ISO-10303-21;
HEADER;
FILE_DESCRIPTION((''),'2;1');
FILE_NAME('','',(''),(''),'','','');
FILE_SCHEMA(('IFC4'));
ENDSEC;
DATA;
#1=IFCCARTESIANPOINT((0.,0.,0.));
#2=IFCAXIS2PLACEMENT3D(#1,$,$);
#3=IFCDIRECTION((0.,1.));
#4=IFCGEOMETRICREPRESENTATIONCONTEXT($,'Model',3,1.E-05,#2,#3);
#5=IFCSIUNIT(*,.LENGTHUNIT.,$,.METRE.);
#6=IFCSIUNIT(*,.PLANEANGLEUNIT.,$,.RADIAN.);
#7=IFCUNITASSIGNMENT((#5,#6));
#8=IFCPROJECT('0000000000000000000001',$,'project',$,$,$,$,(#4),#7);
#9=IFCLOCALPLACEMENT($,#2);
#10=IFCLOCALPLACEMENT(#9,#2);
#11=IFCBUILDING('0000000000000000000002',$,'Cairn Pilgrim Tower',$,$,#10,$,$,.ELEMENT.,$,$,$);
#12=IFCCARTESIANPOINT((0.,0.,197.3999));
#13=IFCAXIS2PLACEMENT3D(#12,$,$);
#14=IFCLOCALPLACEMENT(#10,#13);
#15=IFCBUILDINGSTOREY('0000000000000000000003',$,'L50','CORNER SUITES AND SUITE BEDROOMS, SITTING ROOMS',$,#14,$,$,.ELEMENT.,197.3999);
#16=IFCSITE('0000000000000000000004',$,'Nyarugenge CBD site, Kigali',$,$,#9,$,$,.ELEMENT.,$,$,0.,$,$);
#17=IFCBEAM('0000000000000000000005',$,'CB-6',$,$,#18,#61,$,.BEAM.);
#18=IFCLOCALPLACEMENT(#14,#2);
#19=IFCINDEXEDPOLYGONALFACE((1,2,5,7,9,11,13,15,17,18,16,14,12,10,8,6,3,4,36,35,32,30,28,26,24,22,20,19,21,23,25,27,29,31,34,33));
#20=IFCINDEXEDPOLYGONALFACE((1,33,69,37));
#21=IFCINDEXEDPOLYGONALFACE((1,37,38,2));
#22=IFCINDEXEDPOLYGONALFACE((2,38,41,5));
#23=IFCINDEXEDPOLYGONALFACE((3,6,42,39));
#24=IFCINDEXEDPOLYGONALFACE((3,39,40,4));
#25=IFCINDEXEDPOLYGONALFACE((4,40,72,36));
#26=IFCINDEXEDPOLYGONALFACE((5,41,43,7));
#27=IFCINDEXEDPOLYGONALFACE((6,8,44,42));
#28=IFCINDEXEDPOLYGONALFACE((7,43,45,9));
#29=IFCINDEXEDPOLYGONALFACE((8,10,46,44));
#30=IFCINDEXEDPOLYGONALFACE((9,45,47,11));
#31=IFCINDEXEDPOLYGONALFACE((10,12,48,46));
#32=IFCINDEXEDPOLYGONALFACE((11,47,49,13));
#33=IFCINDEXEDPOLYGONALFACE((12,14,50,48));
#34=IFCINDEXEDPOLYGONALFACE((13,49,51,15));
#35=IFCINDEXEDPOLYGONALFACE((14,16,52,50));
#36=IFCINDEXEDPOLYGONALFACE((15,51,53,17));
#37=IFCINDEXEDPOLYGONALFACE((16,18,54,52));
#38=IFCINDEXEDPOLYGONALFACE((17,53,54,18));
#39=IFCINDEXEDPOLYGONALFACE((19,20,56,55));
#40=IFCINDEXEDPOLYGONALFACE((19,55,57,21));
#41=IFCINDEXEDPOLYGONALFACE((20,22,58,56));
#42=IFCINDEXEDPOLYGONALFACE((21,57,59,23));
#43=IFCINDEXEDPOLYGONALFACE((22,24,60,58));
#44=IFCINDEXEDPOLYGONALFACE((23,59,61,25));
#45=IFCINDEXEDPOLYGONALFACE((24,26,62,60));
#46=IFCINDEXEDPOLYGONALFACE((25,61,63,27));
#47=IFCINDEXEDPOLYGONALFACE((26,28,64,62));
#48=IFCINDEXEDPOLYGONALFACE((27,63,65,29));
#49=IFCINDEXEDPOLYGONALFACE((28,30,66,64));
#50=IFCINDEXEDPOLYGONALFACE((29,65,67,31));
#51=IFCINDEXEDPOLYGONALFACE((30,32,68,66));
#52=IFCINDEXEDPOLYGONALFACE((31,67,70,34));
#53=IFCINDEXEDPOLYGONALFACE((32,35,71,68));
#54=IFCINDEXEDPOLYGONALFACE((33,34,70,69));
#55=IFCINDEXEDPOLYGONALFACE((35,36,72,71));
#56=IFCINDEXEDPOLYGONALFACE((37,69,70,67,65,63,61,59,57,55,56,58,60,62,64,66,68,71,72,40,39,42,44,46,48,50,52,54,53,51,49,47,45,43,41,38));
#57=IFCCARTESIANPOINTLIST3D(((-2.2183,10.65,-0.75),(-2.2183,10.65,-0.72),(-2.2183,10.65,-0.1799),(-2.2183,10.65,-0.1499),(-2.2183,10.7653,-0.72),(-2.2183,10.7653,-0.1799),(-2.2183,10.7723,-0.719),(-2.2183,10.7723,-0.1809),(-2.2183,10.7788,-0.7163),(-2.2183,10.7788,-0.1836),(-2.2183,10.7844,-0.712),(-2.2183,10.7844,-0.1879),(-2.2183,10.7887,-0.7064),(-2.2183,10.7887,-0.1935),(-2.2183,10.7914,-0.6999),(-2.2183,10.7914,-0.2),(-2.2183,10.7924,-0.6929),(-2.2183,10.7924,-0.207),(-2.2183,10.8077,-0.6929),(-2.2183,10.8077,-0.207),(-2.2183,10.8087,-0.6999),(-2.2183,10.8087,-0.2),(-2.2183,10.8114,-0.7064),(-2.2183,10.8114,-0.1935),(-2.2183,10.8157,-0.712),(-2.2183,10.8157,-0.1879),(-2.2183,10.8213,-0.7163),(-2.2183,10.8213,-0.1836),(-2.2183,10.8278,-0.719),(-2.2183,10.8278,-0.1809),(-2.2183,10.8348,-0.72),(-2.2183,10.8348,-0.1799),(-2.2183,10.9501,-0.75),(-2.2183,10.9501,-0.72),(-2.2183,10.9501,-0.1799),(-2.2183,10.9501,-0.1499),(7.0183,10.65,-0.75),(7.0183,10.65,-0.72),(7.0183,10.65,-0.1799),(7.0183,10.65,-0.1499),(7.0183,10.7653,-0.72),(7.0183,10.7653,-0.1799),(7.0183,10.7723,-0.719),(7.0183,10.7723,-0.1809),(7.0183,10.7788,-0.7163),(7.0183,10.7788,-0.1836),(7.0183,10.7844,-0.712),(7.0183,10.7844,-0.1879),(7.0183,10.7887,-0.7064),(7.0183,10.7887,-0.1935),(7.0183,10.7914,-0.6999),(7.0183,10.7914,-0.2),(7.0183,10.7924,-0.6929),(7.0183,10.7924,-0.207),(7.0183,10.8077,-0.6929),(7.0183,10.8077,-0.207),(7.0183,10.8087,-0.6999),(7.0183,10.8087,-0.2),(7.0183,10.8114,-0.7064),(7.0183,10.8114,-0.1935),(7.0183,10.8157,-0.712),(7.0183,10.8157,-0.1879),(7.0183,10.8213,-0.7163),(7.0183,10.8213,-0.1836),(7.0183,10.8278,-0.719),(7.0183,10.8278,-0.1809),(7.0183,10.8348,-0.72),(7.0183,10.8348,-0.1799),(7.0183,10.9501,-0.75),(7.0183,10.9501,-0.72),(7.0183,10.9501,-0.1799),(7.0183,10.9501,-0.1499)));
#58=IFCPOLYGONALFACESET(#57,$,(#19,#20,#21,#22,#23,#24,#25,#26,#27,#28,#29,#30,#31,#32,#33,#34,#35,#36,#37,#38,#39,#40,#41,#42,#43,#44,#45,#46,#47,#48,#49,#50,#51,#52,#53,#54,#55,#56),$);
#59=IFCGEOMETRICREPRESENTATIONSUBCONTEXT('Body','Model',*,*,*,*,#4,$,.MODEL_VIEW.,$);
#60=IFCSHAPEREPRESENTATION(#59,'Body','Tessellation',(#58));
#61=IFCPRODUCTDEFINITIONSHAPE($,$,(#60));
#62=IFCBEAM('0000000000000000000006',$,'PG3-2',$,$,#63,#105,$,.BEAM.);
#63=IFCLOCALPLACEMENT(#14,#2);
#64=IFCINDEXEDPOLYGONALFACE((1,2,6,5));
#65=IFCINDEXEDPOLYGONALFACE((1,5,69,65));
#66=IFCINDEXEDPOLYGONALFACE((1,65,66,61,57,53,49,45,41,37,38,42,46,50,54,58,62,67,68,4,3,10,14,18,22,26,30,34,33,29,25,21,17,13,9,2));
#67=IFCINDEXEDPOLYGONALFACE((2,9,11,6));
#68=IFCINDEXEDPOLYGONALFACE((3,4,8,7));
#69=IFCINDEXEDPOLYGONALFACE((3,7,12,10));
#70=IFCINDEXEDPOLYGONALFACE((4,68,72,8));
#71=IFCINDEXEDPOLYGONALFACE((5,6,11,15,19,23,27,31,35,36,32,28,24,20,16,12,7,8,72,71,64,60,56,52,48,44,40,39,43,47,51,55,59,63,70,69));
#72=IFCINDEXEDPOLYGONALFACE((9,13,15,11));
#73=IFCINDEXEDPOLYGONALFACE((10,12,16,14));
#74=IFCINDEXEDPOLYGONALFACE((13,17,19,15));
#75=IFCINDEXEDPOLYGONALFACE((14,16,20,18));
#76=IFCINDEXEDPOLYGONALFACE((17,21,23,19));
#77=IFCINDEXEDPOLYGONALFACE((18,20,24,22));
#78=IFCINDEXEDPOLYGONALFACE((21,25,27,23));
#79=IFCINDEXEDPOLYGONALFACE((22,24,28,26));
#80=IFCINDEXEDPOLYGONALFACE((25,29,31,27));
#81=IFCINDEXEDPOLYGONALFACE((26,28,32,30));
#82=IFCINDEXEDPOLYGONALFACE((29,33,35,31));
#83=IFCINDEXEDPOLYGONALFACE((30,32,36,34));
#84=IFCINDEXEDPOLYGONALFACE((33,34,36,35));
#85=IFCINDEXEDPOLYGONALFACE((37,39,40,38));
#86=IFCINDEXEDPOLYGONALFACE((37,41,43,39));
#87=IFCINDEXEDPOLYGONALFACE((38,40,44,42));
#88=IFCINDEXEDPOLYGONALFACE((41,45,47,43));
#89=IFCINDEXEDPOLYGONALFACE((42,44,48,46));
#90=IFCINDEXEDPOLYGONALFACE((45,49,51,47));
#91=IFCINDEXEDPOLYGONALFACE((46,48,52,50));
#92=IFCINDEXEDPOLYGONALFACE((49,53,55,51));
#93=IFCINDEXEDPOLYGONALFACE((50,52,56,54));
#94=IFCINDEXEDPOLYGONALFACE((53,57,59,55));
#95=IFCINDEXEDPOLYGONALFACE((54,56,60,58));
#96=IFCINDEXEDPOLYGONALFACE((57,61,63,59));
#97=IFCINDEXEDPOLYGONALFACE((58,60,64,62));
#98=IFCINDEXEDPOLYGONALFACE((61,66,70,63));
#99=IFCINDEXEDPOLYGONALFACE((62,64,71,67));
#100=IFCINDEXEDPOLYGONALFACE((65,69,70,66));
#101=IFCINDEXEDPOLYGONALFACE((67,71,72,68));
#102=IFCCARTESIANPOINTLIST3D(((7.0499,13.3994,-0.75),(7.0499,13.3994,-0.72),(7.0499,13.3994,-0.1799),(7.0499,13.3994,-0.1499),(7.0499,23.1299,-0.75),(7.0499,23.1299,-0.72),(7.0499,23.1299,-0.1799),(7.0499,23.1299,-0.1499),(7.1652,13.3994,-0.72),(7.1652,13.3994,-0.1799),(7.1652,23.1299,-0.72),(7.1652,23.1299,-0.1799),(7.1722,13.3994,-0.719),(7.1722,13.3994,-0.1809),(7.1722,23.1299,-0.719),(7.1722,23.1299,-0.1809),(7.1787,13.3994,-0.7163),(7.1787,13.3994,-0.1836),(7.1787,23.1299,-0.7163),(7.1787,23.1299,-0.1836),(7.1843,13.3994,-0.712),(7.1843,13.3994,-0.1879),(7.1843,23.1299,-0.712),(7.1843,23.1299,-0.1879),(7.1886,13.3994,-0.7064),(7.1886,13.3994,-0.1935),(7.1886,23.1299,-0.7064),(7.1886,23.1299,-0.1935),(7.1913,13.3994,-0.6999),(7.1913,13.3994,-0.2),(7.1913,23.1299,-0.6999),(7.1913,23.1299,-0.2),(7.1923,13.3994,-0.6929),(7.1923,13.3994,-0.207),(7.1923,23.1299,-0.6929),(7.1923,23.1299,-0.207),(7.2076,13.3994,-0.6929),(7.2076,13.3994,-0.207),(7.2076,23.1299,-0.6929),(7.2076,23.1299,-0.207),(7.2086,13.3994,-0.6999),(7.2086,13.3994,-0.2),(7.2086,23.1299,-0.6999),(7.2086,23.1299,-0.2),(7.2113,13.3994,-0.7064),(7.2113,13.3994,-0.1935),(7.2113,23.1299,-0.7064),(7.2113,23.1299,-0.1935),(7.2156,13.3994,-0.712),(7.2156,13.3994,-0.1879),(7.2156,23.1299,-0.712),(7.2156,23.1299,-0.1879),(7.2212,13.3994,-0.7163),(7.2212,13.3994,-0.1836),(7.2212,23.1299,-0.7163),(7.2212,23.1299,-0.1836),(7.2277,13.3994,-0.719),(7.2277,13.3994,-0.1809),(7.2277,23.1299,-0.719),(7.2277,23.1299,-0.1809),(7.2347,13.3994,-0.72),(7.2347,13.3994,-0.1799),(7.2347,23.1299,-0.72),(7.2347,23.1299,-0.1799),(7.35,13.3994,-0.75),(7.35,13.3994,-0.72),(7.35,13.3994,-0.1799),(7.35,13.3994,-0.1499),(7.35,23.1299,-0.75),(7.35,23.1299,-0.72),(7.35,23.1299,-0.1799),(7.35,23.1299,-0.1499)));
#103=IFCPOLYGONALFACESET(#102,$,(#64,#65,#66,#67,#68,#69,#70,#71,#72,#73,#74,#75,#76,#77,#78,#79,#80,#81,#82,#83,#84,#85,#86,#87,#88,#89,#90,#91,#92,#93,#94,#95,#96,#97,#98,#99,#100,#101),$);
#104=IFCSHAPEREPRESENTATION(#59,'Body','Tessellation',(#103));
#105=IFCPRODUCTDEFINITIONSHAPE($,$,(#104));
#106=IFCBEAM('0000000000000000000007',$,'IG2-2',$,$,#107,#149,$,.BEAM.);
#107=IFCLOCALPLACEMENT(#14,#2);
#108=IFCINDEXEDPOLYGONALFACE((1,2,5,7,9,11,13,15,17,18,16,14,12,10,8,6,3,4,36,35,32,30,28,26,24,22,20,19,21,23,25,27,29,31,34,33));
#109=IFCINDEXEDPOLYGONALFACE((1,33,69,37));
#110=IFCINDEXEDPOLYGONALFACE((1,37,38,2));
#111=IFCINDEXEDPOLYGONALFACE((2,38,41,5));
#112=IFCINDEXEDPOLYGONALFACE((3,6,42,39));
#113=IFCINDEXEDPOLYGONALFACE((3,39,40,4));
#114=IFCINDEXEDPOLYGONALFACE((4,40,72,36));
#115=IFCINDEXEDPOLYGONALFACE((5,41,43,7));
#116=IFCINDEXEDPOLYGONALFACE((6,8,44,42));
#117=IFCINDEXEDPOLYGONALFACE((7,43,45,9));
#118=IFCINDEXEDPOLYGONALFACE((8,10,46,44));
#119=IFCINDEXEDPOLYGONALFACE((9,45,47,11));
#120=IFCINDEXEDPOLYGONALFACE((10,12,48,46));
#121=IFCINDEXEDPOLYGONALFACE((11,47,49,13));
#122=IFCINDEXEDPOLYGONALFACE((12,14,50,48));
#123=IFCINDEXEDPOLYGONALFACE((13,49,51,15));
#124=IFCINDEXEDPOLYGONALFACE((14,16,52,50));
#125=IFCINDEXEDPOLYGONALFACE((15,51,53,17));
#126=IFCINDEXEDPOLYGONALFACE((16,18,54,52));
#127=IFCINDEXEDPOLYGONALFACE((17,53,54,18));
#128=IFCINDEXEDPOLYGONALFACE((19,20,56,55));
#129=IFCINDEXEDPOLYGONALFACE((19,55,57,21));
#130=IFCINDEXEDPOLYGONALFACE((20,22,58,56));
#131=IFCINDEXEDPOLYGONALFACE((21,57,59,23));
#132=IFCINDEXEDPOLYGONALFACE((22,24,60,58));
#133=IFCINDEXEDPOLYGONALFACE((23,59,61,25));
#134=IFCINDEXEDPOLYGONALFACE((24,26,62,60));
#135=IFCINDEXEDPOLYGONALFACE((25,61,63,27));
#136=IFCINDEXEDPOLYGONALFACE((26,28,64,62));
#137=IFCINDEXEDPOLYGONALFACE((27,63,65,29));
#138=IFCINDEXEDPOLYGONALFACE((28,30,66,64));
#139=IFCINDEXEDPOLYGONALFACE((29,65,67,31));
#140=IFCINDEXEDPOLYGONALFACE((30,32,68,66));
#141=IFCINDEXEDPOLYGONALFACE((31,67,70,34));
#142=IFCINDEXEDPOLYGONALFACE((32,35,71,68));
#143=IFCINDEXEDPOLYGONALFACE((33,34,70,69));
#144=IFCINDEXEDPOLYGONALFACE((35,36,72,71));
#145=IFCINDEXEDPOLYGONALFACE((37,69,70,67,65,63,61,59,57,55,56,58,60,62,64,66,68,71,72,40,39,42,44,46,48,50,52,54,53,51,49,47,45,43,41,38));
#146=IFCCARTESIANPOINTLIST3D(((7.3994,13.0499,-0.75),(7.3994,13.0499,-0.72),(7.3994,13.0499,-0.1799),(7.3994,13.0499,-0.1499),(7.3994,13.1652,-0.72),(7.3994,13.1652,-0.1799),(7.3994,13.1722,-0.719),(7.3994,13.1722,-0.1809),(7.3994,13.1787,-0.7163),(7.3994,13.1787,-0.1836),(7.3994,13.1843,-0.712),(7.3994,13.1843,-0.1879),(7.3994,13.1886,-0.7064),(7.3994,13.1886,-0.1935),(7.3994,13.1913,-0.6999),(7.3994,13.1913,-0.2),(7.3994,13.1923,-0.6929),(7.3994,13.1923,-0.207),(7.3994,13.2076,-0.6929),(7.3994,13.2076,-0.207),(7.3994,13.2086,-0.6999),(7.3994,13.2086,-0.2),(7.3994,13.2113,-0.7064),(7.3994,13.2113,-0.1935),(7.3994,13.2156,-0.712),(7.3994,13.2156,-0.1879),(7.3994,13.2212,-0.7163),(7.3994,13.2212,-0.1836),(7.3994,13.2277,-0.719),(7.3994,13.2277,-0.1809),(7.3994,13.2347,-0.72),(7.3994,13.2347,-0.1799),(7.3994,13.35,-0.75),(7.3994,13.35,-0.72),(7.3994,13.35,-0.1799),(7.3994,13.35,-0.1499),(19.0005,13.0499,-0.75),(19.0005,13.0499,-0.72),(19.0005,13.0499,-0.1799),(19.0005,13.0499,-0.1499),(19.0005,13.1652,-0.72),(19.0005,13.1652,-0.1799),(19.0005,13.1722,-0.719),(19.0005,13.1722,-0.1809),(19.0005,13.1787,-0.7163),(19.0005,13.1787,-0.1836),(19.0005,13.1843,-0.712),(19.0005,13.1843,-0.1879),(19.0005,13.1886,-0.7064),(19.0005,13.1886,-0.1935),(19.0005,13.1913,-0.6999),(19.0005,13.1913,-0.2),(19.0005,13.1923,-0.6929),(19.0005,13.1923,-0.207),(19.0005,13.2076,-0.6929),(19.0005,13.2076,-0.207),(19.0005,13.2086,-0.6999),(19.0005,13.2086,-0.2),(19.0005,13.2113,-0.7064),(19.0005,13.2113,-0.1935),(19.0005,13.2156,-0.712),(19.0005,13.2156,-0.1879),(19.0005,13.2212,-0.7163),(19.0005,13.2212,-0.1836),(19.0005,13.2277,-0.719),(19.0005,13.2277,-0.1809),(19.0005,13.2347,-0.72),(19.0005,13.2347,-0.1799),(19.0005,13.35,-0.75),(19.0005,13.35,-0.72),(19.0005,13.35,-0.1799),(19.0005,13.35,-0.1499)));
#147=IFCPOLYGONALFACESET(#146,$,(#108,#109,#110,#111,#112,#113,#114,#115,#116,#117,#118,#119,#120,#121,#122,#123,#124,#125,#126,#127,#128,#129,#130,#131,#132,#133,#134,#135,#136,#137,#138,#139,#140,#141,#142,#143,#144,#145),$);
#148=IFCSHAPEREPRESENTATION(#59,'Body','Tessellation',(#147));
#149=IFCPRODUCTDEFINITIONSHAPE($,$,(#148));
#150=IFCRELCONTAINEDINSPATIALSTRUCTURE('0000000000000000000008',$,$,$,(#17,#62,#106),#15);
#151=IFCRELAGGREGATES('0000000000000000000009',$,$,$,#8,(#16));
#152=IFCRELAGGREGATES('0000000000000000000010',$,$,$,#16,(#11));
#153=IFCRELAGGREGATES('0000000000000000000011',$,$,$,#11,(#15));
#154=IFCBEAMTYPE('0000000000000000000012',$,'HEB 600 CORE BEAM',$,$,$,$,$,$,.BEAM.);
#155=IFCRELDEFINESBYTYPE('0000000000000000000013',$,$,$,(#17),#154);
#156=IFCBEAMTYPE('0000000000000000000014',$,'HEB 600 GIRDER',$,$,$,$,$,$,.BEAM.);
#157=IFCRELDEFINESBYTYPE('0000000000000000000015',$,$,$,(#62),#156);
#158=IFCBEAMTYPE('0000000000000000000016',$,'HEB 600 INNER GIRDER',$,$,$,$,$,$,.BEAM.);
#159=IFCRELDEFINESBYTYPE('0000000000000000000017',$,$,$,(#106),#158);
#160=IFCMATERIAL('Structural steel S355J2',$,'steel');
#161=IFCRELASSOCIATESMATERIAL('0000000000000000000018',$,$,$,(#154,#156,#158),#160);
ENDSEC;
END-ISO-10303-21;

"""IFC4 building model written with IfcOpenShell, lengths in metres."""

from ifc_helpers import new_model, si_unit, direction, frame, origin, origin_2d, place, context, subcontext, project, spatial, i_section, extrude, material, material_profile, profile_set, type_object, element, save


model = new_model("IFC4")

# Units and contexts
model_context = context("Model", 3, precision=1e-05, world=origin(), true_north=direction((0.0, 1.0)))
body_context = subcontext(model_context, "Body", "Model", "MODEL_VIEW")
ifc_project = project(units=[si_unit("LENGTHUNIT", "METRE"), si_unit("PLANEANGLEUNIT", "RADIAN")], contexts=[model_context])

# Site, building, storey
site_placement = place(None, origin())
site = spatial("IfcSite", under=ifc_project, at=site_placement, Name="Nyarugenge CBD site, Kigali", CompositionType="ELEMENT", RefElevation=0.0)
building_placement = place(site_placement, origin())
building = spatial("IfcBuilding", under=site, at=building_placement, Name="Cairn Pilgrim Tower", CompositionType="ELEMENT")
storey_placement = place(building_placement, frame((0.0, 0.0, 197.3999)))
storey = spatial("IfcBuildingStorey", under=building, at=storey_placement, Name="L50", Description="CORNER SUITES AND SUITE BEDROOMS, SITTING ROOMS", CompositionType="ELEMENT", Elevation=197.3999)

# Shared definitions
ifc_material_1 = material(Name="Structural steel S355J2", Category="steel")

# Beams
ifc_material_profile_1 = material_profile(ifc_material_1, i_section(OverallWidth=0.3, OverallDepth=0.6001, WebThickness=0.0154, FlangeThickness=0.03, FilletRadius=0.0271, at=origin_2d()), Name="HEB 600")
ifc_profile_set_1 = profile_set([ifc_material_profile_1], Name="Structural steel S355J2")
beam_type_1 = type_object("IfcBeamType", Name="HEB 600 CORE BEAM", PredefinedType="BEAM", material=ifc_profile_set_1)
beam_1_placement = place(storey_placement, frame((7.0183, 10.8, -0.45), z_axis=(-1.0, 0.0, 0.0), x_axis=(0.0, -1.0, 0.0)))
element("IfcBeam", 1, at=beam_1_placement, inside=storey, type_object=beam_type_1, Name="CB-6", PredefinedType="BEAM", context=body_context, shape_type="SweptSolid", body=[
    extrude(i_section(OverallWidth=0.3, OverallDepth=0.6001, WebThickness=0.0154, FlangeThickness=0.03, FilletRadius=0.0271, at=origin_2d()), origin(), (0.0, 0.0, 1.0), 9.2366),
])
ifc_material_profile_2 = material_profile(ifc_material_1, i_section(OverallWidth=0.3, OverallDepth=0.6001, WebThickness=0.0154, FlangeThickness=0.03, FilletRadius=0.0271, at=origin_2d()), Name="HEB 600")
ifc_profile_set_2 = profile_set([ifc_material_profile_2], Name="Structural steel S355J2")
beam_type_2 = type_object("IfcBeamType", Name="HEB 600 GIRDER", PredefinedType="BEAM", material=ifc_profile_set_2)
beam_2_placement = place(storey_placement, frame((7.2, 13.3994, -0.45), z_axis=(0.0, 1.0, 0.0), x_axis=(-1.0, 0.0, 0.0)))
element("IfcBeam", 2, at=beam_2_placement, inside=storey, type_object=beam_type_2, Name="PG3-2", PredefinedType="BEAM", context=body_context, shape_type="SweptSolid", body=[
    extrude(i_section(OverallWidth=0.3, OverallDepth=0.6001, WebThickness=0.0154, FlangeThickness=0.03, FilletRadius=0.0271, at=origin_2d()), origin(), (0.0, 0.0, 1.0), 9.7305),
])
ifc_material_profile_3 = material_profile(ifc_material_1, i_section(OverallWidth=0.3, OverallDepth=0.6001, WebThickness=0.0154, FlangeThickness=0.03, FilletRadius=0.0271, at=origin_2d()), Name="HEB 600")
ifc_profile_set_3 = profile_set([ifc_material_profile_3], Name="Structural steel S355J2")
beam_type_3 = type_object("IfcBeamType", Name="HEB 600 INNER GIRDER", PredefinedType="BEAM", material=ifc_profile_set_3)
beam_3_placement = place(storey_placement, frame((7.3994, 13.2, -0.45), z_axis=(1.0, 0.0, 0.0), x_axis=(0.0, 1.0, 0.0)))
element("IfcBeam", 3, at=beam_3_placement, inside=storey, type_object=beam_type_3, Name="IG2-2", PredefinedType="BEAM", context=body_context, shape_type="SweptSolid", body=[
    extrude(i_section(OverallWidth=0.3, OverallDepth=0.6001, WebThickness=0.0154, FlangeThickness=0.03, FilletRadius=0.0271, at=origin_2d()), origin(), (0.0, 0.0, 1.0), 11.6011),
])

save(model, "model.ifc")
